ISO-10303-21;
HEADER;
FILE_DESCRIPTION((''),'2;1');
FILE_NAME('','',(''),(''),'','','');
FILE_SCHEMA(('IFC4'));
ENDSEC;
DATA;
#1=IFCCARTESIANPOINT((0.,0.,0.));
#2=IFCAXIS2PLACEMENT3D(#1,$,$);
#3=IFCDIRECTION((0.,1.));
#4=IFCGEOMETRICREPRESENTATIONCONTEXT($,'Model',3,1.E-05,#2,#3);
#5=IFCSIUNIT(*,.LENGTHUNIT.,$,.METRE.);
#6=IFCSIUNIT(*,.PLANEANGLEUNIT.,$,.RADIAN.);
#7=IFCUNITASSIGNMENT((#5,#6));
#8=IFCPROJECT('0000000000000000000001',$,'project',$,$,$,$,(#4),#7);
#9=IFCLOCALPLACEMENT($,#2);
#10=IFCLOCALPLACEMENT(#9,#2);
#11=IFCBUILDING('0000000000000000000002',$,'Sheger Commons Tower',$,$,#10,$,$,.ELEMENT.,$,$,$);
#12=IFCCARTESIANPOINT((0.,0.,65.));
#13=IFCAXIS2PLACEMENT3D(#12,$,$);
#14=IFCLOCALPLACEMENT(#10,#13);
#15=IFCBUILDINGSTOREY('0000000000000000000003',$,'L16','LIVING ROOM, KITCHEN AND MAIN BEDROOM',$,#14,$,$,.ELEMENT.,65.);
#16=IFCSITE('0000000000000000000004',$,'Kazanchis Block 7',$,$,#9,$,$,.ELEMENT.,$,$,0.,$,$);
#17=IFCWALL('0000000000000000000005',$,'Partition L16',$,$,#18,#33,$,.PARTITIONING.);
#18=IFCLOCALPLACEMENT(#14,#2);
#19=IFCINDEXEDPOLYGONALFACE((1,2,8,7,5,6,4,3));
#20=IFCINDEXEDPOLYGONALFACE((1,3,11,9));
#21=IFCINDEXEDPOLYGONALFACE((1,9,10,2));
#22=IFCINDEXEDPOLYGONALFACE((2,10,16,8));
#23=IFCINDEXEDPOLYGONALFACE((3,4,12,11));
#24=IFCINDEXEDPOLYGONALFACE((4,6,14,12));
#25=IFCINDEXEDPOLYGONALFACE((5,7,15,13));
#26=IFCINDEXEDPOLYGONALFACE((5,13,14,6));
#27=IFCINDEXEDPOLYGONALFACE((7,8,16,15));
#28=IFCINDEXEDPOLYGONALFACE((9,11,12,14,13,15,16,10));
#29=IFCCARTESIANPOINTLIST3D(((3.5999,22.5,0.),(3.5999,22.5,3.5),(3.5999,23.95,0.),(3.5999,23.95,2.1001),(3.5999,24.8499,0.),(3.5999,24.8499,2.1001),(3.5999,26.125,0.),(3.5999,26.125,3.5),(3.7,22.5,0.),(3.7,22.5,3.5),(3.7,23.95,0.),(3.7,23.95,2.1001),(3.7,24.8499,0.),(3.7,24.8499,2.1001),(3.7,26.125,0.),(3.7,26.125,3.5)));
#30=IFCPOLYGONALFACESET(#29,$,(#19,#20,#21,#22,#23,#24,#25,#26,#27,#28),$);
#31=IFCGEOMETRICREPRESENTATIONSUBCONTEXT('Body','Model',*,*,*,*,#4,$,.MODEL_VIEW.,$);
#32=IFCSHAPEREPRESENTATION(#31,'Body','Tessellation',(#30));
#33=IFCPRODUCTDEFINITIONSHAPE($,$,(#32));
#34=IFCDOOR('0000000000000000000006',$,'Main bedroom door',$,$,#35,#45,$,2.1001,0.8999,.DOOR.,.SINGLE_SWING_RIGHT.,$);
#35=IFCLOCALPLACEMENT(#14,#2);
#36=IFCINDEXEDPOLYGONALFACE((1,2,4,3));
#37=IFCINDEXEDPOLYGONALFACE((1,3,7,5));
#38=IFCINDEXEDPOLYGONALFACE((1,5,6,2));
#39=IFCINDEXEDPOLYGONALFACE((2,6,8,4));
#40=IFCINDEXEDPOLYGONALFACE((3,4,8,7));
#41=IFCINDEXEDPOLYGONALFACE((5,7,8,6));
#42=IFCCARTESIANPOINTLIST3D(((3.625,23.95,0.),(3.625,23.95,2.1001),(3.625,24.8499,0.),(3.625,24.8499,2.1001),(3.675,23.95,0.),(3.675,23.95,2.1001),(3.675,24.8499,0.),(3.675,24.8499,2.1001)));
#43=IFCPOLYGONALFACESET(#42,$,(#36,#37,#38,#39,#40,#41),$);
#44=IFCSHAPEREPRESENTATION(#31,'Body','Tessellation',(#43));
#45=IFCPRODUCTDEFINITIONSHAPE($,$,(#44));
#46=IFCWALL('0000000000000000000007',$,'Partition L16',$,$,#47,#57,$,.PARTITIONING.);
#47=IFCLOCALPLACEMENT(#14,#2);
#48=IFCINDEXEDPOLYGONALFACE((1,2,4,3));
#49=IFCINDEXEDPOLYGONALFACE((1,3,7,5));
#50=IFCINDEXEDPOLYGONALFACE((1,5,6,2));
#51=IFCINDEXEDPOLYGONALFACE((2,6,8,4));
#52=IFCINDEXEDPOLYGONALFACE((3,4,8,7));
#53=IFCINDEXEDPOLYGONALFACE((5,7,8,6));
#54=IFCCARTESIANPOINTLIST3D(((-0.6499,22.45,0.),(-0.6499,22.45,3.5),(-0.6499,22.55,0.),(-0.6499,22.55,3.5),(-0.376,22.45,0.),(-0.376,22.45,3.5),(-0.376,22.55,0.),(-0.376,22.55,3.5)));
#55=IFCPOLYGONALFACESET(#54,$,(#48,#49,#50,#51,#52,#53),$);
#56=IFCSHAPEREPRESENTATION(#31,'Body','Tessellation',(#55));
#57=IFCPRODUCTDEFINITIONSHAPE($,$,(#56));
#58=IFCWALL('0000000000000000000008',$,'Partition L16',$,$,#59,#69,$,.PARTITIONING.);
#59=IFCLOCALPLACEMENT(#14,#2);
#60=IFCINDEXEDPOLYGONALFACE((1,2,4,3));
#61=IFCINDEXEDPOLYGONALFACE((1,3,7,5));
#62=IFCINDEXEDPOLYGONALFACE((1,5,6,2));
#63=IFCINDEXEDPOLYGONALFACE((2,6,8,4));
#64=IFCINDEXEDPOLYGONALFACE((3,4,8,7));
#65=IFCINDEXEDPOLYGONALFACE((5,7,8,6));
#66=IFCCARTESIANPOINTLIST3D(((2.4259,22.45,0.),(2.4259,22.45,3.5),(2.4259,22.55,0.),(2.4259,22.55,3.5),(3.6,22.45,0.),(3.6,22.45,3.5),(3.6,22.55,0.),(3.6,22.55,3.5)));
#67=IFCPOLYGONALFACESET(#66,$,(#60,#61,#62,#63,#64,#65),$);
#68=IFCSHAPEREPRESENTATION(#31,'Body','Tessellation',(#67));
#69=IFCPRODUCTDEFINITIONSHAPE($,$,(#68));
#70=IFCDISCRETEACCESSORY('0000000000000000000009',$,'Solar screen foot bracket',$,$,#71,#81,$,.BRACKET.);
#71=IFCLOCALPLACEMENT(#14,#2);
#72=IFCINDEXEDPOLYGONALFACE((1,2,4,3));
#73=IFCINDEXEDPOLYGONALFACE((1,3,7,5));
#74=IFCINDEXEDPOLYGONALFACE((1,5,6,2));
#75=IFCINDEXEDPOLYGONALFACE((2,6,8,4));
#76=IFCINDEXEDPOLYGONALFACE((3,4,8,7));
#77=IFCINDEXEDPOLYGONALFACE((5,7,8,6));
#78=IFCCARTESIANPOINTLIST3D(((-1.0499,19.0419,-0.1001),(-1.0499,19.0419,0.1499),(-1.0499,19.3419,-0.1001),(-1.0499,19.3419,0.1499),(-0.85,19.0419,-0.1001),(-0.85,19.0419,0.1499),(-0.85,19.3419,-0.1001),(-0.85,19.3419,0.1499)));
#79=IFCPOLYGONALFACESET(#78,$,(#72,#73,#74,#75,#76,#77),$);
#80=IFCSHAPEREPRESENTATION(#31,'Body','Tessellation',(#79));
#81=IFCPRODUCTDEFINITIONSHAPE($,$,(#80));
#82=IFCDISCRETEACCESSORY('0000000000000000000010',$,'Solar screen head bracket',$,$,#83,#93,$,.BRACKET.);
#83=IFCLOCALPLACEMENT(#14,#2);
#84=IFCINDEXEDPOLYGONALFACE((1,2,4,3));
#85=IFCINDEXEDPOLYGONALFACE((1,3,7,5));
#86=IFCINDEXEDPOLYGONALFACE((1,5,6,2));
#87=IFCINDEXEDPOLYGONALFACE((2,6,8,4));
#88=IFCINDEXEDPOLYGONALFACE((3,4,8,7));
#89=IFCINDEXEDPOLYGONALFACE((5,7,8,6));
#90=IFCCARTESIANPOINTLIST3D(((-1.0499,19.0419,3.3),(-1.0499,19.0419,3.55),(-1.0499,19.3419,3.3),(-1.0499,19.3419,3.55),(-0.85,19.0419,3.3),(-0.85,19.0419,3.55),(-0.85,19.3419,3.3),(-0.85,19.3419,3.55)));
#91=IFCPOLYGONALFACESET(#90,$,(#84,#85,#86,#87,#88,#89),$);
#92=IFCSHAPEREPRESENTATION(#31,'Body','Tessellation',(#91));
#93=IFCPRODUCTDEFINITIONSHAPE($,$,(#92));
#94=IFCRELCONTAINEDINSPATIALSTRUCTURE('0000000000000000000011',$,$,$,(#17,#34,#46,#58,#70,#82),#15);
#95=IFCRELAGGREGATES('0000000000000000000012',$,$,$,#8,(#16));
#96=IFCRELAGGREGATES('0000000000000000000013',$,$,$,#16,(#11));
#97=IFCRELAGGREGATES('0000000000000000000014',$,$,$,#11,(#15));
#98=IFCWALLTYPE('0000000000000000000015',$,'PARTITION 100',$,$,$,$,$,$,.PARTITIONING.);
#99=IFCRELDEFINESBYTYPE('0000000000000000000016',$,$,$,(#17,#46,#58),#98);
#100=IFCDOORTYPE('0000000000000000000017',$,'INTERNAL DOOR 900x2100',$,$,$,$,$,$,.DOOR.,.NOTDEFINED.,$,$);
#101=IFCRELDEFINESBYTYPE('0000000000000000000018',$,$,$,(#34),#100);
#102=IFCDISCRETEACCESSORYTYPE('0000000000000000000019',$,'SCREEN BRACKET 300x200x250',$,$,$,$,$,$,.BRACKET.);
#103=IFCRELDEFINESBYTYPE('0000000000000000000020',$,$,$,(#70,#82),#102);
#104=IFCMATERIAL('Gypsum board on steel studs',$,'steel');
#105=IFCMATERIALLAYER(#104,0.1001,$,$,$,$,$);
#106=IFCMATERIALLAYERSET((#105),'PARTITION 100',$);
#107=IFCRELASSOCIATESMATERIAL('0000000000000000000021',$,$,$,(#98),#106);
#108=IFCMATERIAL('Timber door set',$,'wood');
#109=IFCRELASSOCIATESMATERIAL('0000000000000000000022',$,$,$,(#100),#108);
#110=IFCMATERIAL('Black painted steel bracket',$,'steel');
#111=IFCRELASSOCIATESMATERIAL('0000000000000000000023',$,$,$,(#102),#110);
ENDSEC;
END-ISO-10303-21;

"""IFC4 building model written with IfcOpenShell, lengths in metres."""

from ifc_helpers import new_model, si_unit, direction, frame, frame_2d, origin, origin_2d, place, context, subcontext, project, spatial, rectangle, extrude, material, layer, layer_set, type_object, element, fill, save


model = new_model("IFC4")

# Units and contexts
model_context = context("Model", 3, precision=1e-05, world=origin(), true_north=direction((0.0, 1.0)))
body_context = subcontext(model_context, "Body", "Model", "MODEL_VIEW")
ifc_project = project(units=[si_unit("LENGTHUNIT", "METRE"), si_unit("PLANEANGLEUNIT", "RADIAN")], contexts=[model_context])

# Site, building, storey
site_placement = place(None, origin())
site = spatial("IfcSite", under=ifc_project, at=site_placement, Name="Kazanchis Block 7", CompositionType="ELEMENT", RefElevation=0.0)
building_placement = place(site_placement, origin())
building = spatial("IfcBuilding", under=site, at=building_placement, Name="Sheger Commons Tower", CompositionType="ELEMENT")
storey_placement = place(building_placement, frame((0.0, 0.0, 65.0)))
storey = spatial("IfcBuildingStorey", under=building, at=storey_placement, Name="L16", Description="LIVING ROOM, KITCHEN AND MAIN BEDROOM", CompositionType="ELEMENT", Elevation=65.0)

# Shared definitions
ifc_material_1 = material(Name="Gypsum board on steel studs", Category="steel")
ifc_layer_1 = layer(ifc_material_1, 0.1001)
ifc_layer_set_1 = layer_set([ifc_layer_1], Name="PARTITION 100")
wall_type_1 = type_object("IfcWallType", Name="PARTITION 100", PredefinedType="PARTITIONING", material=ifc_layer_set_1)
ifc_material_2 = material(Name="Timber door set", Category="wood")
door_type = type_object("IfcDoorType", Name="INTERNAL DOOR 900x2100", OperationType="NOTDEFINED", PredefinedType="DOOR", material=ifc_material_2)

# Wall, opening, door
wall_1_placement = place(storey_placement, frame((3.6499, 22.5, 0.0), z_axis=(0.0, 0.0, 1.0), x_axis=(0.0, 1.0, 0.0)))
wall_1 = element("IfcWall", 1, at=wall_1_placement, inside=storey, type_object=wall_type_1, Name="Partition L16", PredefinedType="PARTITIONING", context=body_context, shape_type="SweptSolid", body=[
    extrude(rectangle(XDim=3.625, YDim=0.1001, at=frame_2d((1.8125, 0.0))), origin(), (0.0, 0.0, 1.0), 3.5),
])
opening_1_placement = place(wall_1_placement, frame((1.45, 0.0, 0.0)))
opening_1 = element("IfcOpeningElement", 2, at=opening_1_placement, cuts=wall_1, PredefinedType="OPENING", context=body_context, shape_type="SweptSolid", body=[
    extrude(rectangle(XDim=0.8999, YDim=2.1001, at=frame_2d((0.45, 1.05))), frame((0.0, 0.0601, 0.0), z_axis=(0.0, -1.0, 0.0), x_axis=(1.0, 0.0, 0.0)), (0.0, 0.0, 1.0), 0.1201),
])
door_1_placement = place(opening_1_placement, origin())
door_1 = element("IfcDoor", 3, at=door_1_placement, inside=storey, type_object=door_type, Name="Main bedroom door", OperationType="SINGLE_SWING_RIGHT", OverallHeight=2.1001, OverallWidth=0.8999, PredefinedType="DOOR", context=body_context, shape_type="SweptSolid", body=[
    extrude(rectangle(XDim=0.8999, YDim=2.1001, at=frame_2d((0.45, 1.05))), frame((0.0, 0.0249, 0.0), z_axis=(0.0, -1.0, 0.0), x_axis=(1.0, 0.0, 0.0)), (0.0, 0.0, 1.0), 0.05),
])
fill(opening_1, door_1)

# Walls
wall_2_placement = place(storey_placement, frame((-0.6499, 22.5, 0.0), z_axis=(0.0, 0.0, 1.0), x_axis=(1.0, 0.0, 0.0)))
element("IfcWall", 4, at=wall_2_placement, inside=storey, type_object=wall_type_1, Name="Partition L16", PredefinedType="PARTITIONING", context=body_context, shape_type="SweptSolid", body=[
    extrude(rectangle(XDim=0.2739, YDim=0.1001, at=frame_2d((0.137, 0.0))), origin(), (0.0, 0.0, 1.0), 3.5),
])
wall_3_placement = place(storey_placement, frame((2.426, 22.5, 0.0), z_axis=(0.0, 0.0, 1.0), x_axis=(1.0, 0.0, 0.0)))
element("IfcWall", 5, at=wall_3_placement, inside=storey, type_object=wall_type_1, Name="Partition L16", PredefinedType="PARTITIONING", context=body_context, shape_type="SweptSolid", body=[
    extrude(rectangle(XDim=1.1741, YDim=0.1001, at=frame_2d((0.5869, 0.0))), origin(), (0.0, 0.0, 1.0), 3.5),
])

# Discrete accessories
ifc_material_3 = material(Name="Black painted steel bracket", Category="steel")
discrete_accessory_type = type_object("IfcDiscreteAccessoryType", Name="SCREEN BRACKET 300x200x250", PredefinedType="BRACKET", material=ifc_material_3)
for number, where, z_axis, x_axis, name in (
    (6, (-0.95, 19.1919, -0.1001), (0.0, 0.0, 1.0), (0.0, -1.0, 0.0), "Solar screen foot bracket"),
    (7, (-0.95, 19.1919, 3.3), (0.0, 0.0, 1.0), (0.0, -1.0, 0.0), "Solar screen head bracket"),
):
    element("IfcDiscreteAccessory", number, at=place(storey_placement, frame(where, z_axis=z_axis, x_axis=x_axis)), inside=storey, type_object=discrete_accessory_type, Name=name, PredefinedType="BRACKET", context=body_context, shape_type="SweptSolid", body=[
        extrude(rectangle(XDim=0.3, YDim=0.2, at=origin_2d()), origin(), (0.0, 0.0, 1.0), 0.25),
    ])

save(model, "model.ifc")
